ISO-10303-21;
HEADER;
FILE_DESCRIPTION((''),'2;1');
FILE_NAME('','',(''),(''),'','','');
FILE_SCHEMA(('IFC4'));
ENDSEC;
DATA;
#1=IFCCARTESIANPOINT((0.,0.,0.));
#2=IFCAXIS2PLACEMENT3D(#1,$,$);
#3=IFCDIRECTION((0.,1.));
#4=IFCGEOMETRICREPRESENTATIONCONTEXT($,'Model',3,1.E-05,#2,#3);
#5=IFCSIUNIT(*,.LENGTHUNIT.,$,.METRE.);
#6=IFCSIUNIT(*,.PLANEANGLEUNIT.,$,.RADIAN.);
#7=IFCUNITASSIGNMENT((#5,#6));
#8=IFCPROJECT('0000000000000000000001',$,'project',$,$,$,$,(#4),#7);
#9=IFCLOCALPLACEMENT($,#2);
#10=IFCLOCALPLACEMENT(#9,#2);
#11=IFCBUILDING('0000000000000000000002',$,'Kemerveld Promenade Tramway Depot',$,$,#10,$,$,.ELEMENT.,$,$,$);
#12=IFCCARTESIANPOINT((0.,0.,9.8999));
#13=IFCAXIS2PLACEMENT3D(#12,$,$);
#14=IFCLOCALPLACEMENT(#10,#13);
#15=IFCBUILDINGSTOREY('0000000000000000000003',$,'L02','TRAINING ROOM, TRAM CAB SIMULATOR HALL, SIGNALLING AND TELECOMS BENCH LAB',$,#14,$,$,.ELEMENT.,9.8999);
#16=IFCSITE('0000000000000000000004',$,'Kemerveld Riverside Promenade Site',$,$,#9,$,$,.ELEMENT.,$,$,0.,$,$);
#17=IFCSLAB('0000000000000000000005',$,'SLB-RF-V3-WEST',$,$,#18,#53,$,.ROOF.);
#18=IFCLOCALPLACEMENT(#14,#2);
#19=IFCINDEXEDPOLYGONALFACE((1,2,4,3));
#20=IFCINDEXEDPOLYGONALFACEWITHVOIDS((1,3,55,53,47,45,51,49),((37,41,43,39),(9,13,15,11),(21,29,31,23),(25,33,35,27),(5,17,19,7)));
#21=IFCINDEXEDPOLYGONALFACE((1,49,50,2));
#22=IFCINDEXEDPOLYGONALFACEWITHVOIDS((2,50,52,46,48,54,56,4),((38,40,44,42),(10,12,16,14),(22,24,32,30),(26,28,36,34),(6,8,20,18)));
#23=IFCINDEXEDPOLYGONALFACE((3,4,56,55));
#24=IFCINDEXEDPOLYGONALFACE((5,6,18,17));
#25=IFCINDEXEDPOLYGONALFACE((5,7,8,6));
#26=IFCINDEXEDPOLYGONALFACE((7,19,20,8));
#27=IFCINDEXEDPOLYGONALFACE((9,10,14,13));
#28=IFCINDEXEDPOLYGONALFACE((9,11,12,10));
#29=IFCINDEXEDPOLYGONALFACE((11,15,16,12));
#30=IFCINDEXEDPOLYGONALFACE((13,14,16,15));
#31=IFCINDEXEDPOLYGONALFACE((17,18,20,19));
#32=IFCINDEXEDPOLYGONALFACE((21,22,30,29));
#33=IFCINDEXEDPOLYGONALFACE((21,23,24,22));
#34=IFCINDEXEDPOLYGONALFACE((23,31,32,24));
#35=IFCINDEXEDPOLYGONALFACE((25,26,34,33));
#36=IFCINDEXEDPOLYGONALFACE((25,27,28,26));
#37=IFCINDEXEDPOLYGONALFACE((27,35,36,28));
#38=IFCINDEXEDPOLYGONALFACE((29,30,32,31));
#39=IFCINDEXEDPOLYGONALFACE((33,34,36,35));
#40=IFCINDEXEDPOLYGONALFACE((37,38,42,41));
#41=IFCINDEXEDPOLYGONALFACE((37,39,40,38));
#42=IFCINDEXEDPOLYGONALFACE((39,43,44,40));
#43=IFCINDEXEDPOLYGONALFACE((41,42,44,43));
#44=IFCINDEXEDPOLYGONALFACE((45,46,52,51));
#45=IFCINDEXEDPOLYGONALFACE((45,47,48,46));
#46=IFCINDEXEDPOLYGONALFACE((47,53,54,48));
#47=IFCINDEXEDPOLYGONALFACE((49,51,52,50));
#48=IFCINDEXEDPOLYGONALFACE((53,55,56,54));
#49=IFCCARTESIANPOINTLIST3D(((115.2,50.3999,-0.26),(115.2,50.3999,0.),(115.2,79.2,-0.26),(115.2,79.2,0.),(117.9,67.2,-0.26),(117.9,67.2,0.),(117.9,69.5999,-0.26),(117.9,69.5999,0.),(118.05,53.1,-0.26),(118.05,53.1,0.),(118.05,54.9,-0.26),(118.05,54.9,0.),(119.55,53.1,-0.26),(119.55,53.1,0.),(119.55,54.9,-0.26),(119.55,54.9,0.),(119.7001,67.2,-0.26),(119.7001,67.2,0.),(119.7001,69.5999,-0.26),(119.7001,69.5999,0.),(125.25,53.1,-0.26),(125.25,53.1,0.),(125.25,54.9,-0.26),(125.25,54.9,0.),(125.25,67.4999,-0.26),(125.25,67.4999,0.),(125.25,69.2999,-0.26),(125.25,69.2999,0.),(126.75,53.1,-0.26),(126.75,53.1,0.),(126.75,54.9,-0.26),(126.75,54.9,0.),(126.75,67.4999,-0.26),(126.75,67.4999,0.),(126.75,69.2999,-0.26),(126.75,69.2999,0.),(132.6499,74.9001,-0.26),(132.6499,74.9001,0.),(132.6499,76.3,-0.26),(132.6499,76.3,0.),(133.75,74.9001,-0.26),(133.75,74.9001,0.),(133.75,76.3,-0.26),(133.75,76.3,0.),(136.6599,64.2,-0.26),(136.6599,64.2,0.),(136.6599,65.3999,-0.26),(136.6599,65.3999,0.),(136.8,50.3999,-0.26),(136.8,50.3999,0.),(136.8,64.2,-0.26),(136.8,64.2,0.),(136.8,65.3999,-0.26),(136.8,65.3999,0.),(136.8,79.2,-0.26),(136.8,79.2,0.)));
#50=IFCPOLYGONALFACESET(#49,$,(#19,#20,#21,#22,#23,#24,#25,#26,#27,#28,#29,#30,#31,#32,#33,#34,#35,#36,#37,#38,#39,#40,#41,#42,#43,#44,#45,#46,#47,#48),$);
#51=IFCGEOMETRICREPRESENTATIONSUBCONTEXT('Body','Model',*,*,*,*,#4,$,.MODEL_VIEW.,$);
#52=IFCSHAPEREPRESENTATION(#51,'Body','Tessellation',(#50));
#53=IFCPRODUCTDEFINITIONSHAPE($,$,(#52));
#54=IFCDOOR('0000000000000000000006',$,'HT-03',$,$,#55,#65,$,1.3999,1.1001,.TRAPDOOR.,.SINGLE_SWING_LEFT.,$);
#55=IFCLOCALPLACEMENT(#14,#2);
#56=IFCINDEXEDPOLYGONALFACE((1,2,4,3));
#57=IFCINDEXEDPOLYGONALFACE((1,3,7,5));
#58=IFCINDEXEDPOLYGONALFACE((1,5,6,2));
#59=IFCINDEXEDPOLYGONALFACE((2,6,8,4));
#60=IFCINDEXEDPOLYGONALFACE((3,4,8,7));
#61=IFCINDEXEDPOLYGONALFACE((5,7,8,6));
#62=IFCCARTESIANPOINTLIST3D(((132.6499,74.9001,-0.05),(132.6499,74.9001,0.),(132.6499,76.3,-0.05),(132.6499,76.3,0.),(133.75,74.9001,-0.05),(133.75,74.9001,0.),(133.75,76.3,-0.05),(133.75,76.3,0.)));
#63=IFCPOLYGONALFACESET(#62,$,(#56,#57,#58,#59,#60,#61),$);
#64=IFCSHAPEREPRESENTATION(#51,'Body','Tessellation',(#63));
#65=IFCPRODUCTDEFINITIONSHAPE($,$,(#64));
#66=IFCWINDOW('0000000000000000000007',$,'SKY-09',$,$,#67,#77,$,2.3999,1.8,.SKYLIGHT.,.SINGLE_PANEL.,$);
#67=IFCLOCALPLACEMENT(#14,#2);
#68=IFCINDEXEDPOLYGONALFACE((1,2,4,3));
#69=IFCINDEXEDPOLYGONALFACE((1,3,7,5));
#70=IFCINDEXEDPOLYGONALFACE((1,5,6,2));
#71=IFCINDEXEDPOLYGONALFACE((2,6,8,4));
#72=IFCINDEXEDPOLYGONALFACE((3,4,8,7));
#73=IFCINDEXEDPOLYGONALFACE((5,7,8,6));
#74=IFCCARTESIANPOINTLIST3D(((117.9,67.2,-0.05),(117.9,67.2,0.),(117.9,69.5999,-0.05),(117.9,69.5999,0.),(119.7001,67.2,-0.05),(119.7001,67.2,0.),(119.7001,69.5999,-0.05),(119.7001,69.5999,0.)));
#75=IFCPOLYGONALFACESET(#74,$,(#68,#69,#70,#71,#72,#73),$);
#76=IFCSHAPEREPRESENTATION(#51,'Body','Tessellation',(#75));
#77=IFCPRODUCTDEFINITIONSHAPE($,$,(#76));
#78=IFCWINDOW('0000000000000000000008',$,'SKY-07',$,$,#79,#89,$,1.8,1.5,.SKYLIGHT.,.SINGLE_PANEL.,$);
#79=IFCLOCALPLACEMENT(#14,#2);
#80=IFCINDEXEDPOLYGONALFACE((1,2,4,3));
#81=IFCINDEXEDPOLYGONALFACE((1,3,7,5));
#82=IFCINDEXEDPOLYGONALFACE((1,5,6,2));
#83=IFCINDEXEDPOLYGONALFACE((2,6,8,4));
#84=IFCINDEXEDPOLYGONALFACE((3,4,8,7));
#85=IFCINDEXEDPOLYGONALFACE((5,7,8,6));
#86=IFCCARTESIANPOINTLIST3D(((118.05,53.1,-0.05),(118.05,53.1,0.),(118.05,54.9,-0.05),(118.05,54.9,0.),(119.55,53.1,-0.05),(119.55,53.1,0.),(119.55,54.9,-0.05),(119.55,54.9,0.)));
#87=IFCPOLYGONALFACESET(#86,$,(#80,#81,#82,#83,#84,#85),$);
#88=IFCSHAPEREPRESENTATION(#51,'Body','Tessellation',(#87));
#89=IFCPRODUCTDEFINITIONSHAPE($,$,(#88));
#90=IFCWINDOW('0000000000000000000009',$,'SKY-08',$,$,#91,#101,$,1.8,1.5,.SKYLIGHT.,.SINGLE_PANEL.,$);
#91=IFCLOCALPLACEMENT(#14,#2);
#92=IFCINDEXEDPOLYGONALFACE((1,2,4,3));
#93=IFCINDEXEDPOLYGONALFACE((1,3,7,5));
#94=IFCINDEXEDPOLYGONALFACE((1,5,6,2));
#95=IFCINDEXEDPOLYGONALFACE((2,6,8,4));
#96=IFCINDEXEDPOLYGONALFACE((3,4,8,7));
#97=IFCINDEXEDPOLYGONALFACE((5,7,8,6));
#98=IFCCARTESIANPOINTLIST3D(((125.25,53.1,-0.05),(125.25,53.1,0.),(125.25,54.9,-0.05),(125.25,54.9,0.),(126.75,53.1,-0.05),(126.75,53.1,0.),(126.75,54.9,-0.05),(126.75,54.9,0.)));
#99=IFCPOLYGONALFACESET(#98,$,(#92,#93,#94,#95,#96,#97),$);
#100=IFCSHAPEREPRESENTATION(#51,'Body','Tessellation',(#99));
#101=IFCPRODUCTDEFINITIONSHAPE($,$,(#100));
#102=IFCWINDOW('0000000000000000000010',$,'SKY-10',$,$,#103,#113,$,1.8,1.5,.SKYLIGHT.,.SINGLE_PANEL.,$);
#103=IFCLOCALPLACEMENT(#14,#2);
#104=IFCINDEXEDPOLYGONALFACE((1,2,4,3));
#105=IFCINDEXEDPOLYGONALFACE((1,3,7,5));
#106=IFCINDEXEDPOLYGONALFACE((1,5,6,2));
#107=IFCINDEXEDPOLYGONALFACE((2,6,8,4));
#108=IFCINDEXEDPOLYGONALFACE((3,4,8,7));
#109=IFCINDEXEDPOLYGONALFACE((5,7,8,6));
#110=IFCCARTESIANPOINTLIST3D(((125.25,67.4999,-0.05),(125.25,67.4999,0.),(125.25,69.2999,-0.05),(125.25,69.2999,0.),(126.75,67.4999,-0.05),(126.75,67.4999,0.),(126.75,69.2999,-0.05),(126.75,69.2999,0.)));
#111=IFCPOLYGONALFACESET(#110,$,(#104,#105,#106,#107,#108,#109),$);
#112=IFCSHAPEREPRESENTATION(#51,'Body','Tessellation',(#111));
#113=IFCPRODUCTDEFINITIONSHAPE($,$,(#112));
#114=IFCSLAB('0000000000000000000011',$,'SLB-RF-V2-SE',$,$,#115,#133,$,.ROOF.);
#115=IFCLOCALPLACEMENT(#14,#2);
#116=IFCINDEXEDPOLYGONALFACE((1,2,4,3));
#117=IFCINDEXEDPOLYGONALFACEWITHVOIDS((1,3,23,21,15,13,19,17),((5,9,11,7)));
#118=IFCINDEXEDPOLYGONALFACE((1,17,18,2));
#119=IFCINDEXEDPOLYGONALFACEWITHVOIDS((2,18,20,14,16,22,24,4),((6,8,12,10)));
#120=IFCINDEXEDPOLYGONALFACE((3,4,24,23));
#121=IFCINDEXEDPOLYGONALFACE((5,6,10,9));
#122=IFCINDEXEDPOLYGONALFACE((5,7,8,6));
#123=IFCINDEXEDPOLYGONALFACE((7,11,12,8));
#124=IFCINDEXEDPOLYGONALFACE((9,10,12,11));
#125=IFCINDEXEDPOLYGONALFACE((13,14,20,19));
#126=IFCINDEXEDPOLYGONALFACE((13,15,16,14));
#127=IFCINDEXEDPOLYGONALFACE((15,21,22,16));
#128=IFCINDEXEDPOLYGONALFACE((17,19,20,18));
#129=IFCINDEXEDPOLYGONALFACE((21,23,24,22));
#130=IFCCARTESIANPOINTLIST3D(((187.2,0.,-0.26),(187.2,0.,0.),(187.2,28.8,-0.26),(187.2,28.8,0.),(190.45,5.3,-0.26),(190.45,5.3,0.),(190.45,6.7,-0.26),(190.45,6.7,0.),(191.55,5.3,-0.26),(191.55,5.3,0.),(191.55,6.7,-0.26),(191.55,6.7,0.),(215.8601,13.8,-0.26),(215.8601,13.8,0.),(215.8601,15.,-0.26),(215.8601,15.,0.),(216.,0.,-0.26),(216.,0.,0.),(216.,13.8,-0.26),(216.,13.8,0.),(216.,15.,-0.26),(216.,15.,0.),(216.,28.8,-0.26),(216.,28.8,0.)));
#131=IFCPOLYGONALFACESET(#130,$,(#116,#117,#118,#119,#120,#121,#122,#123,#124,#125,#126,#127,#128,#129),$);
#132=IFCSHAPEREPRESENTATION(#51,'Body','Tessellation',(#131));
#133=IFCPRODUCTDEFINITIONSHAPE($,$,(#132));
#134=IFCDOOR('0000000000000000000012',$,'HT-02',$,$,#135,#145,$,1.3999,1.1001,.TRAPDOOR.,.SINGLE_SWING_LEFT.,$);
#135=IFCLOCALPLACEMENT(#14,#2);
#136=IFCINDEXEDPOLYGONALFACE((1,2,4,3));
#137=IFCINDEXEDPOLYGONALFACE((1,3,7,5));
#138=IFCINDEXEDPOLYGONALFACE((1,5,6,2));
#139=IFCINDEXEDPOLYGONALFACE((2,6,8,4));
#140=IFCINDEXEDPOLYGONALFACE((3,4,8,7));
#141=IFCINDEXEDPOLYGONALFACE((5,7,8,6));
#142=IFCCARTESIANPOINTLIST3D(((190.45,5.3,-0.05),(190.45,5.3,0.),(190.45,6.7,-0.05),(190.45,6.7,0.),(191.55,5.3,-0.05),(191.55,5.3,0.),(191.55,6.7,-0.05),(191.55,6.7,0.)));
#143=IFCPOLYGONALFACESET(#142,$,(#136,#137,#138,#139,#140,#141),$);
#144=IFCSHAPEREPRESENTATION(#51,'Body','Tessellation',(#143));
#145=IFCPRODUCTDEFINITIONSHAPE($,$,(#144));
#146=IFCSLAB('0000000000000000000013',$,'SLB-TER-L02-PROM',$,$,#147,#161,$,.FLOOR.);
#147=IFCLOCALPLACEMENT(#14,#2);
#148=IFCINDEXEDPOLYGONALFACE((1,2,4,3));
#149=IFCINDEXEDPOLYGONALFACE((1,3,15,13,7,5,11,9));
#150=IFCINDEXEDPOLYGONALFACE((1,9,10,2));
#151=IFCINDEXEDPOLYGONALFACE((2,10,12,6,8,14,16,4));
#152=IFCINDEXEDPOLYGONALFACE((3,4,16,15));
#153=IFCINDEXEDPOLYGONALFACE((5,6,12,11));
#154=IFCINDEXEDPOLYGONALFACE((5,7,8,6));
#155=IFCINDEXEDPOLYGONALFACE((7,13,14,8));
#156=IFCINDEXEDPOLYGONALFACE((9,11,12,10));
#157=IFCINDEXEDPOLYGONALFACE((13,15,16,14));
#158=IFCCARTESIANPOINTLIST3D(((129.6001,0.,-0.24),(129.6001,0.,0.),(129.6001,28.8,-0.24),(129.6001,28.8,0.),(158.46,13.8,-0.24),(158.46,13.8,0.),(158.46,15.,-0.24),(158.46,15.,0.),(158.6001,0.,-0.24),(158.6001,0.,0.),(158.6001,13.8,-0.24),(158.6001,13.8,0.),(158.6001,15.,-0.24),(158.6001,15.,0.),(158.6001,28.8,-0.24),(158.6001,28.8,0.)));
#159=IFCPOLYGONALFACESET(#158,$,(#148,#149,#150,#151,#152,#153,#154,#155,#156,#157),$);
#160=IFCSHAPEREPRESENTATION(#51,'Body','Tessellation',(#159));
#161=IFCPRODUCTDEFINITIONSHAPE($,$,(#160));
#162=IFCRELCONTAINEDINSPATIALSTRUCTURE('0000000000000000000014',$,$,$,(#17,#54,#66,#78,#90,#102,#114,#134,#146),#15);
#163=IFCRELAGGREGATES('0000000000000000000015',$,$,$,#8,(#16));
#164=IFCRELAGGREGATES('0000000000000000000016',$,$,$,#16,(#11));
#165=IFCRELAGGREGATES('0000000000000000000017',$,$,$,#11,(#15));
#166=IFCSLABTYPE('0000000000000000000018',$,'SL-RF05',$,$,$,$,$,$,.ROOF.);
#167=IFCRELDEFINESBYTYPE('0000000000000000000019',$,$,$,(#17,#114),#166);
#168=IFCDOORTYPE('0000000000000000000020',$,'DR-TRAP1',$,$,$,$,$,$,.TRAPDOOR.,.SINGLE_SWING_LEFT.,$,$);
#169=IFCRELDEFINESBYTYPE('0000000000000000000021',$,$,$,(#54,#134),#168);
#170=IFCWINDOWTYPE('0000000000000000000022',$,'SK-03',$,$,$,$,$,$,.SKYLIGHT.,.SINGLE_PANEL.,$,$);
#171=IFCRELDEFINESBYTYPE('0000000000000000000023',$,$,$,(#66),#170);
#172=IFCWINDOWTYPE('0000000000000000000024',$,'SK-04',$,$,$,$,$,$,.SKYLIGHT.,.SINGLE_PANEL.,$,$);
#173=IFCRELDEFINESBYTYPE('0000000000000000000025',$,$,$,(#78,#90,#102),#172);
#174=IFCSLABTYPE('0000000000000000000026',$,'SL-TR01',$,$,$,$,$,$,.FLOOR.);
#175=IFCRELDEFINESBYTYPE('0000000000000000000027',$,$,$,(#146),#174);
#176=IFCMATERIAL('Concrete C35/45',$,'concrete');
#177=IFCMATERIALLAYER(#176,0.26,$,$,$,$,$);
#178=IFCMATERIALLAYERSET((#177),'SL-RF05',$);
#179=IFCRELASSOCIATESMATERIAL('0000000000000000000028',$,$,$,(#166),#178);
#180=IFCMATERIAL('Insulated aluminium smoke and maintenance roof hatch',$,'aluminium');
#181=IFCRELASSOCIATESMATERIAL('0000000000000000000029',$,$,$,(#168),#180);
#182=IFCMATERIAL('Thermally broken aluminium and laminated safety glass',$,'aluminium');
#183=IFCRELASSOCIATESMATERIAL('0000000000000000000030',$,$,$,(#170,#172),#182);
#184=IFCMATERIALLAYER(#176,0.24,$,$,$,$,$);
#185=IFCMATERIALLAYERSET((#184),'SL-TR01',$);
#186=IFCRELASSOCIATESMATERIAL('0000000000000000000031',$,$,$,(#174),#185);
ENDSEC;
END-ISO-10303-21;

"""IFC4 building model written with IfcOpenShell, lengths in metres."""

from ifc_helpers import new_model, si_unit, direction, frame, origin, origin_2d, place, context, subcontext, project, spatial, polyline, rectangle, outline, extrude, material, layer, layer_set, type_object, element, fill, save


model = new_model("IFC4")

# Units and contexts
model_context = context("Model", 3, precision=1e-05, world=origin(), true_north=direction((0.0, 1.0)))
body_context = subcontext(model_context, "Body", "Model", "MODEL_VIEW")
ifc_project = project(units=[si_unit("LENGTHUNIT", "METRE"), si_unit("PLANEANGLEUNIT", "RADIAN")], contexts=[model_context])

# Site, building, storey
site_placement = place(None, origin())
site = spatial("IfcSite", under=ifc_project, at=site_placement, Name="Kemerveld Riverside Promenade Site", CompositionType="ELEMENT", RefElevation=0.0)
building_placement = place(site_placement, origin())
building = spatial("IfcBuilding", under=site, at=building_placement, Name="Kemerveld Promenade Tramway Depot", CompositionType="ELEMENT")
storey_placement = place(building_placement, frame((0.0, 0.0, 9.8999)))
storey = spatial("IfcBuildingStorey", under=building, at=storey_placement, Name="L02", Description="TRAINING ROOM, TRAM CAB SIMULATOR HALL, SIGNALLING AND TELECOMS BENCH LAB", CompositionType="ELEMENT", Elevation=9.8999)

# Shared definitions
ifc_material_1 = material(Name="Concrete C35/45", Category="concrete")

# Shared definitions
ifc_layer_1 = layer(ifc_material_1, 0.26)
ifc_layer_set_1 = layer_set([ifc_layer_1], Name="SL-RF05")
slab_type_1 = type_object("IfcSlabType", Name="SL-RF05", PredefinedType="ROOF", material=ifc_layer_set_1)
ifc_material_2 = material(Name="Insulated aluminium smoke and maintenance roof hatch", Category="aluminium")
door_type = type_object("IfcDoorType", Name="DR-TRAP1", OperationType="SINGLE_SWING_LEFT", PredefinedType="TRAPDOOR", material=ifc_material_2)

# Slab, openings, door, windows
slab_1_placement = place(storey_placement, frame((0.0, 0.0, -0.26)))
slab_1 = element("IfcSlab", 1, at=slab_1_placement, inside=storey, type_object=slab_type_1, Name="SLB-RF-V3-WEST", PredefinedType="ROOF", context=body_context, shape_type="SweptSolid", body=[
    extrude(outline(polyline([(115.2, 50.3999), (136.8, 50.3999), (136.8, 64.2), (136.6599, 64.2), (136.6599, 65.3999), (136.8, 65.3999), (136.8, 79.2), (115.2, 79.2), (115.2, 50.3999)])), origin(), (0.0, 0.0, 1.0), 0.26),
])
opening_1_placement = place(slab_1_placement, frame((118.8, 54.0, 0.0)))
opening_1 = element("IfcOpeningElement", 2, at=opening_1_placement, cuts=slab_1, PredefinedType="OPENING", context=body_context, shape_type="SweptSolid", body=[
    extrude(rectangle(XDim=1.5, YDim=1.8, at=origin_2d()), frame((0.0, 0.0, -0.01)), (0.0, 0.0, 1.0), 0.28),
])
opening_2_placement = place(slab_1_placement, frame((126.0, 54.0, 0.0)))
opening_2 = element("IfcOpeningElement", 3, at=opening_2_placement, cuts=slab_1, PredefinedType="OPENING", context=body_context, shape_type="SweptSolid", body=[
    extrude(rectangle(XDim=1.5, YDim=1.8, at=origin_2d()), frame((0.0, 0.0, -0.01)), (0.0, 0.0, 1.0), 0.28),
])
opening_3_placement = place(slab_1_placement, frame((118.8, 68.3999, 0.0)))
opening_3 = element("IfcOpeningElement", 4, at=opening_3_placement, cuts=slab_1, PredefinedType="OPENING", context=body_context, shape_type="SweptSolid", body=[
    extrude(rectangle(XDim=1.8, YDim=2.3999, at=origin_2d()), frame((0.0, 0.0, -0.01)), (0.0, 0.0, 1.0), 0.28),
])
opening_4_placement = place(slab_1_placement, frame((126.0, 68.3999, 0.0)))
opening_4 = element("IfcOpeningElement", 5, at=opening_4_placement, cuts=slab_1, PredefinedType="OPENING", context=body_context, shape_type="SweptSolid", body=[
    extrude(rectangle(XDim=1.5, YDim=1.8, at=origin_2d()), frame((0.0, 0.0, -0.01)), (0.0, 0.0, 1.0), 0.28),
])
opening_5_placement = place(slab_1_placement, frame((133.2, 75.6001, 0.0)))
opening_5 = element("IfcOpeningElement", 6, at=opening_5_placement, cuts=slab_1, PredefinedType="OPENING", context=body_context, shape_type="SweptSolid", body=[
    extrude(rectangle(XDim=1.1001, YDim=1.3999, at=origin_2d()), frame((0.0, 0.0, -0.01)), (0.0, 0.0, 1.0), 0.28),
])
door_1_placement = place(opening_5_placement, frame((0.0, 0.0, 0.21)))
door_1 = element("IfcDoor", 7, at=door_1_placement, inside=storey, type_object=door_type, Name="HT-03", OperationType="SINGLE_SWING_LEFT", OverallHeight=1.3999, OverallWidth=1.1001, PredefinedType="TRAPDOOR", context=body_context, shape_type="SweptSolid", body=[
    extrude(rectangle(XDim=1.1001, YDim=1.3999, at=origin_2d()), origin(), (0.0, 0.0, 1.0), 0.05),
])
fill(opening_5, door_1)
ifc_material_3 = material(Name="Thermally broken aluminium and laminated safety glass", Category="aluminium")
window_type_1 = type_object("IfcWindowType", Name="SK-03", PartitioningType="SINGLE_PANEL", PredefinedType="SKYLIGHT", material=ifc_material_3)
window_1_placement = place(opening_3_placement, frame((0.0, 0.0, 0.21)))
window_1 = element("IfcWindow", 8, at=window_1_placement, inside=storey, type_object=window_type_1, Name="SKY-09", OverallHeight=2.3999, OverallWidth=1.8, PartitioningType="SINGLE_PANEL", PredefinedType="SKYLIGHT", context=body_context, shape_type="SweptSolid", body=[
    extrude(rectangle(XDim=1.8, YDim=2.3999, at=origin_2d()), origin(), (0.0, 0.0, 1.0), 0.05),
])
fill(opening_3, window_1)
window_type_2 = type_object("IfcWindowType", Name="SK-04", PartitioningType="SINGLE_PANEL", PredefinedType="SKYLIGHT", material=ifc_material_3)
window_2_placement = place(opening_1_placement, frame((0.0, 0.0, 0.21)))
window_2 = element("IfcWindow", 9, at=window_2_placement, inside=storey, type_object=window_type_2, Name="SKY-07", OverallHeight=1.8, OverallWidth=1.5, PartitioningType="SINGLE_PANEL", PredefinedType="SKYLIGHT", context=body_context, shape_type="SweptSolid", body=[
    extrude(rectangle(XDim=1.5, YDim=1.8, at=origin_2d()), origin(), (0.0, 0.0, 1.0), 0.05),
])
fill(opening_1, window_2)
window_3_placement = place(opening_2_placement, frame((0.0, 0.0, 0.21)))
window_3 = element("IfcWindow", 10, at=window_3_placement, inside=storey, type_object=window_type_2, Name="SKY-08", OverallHeight=1.8, OverallWidth=1.5, PartitioningType="SINGLE_PANEL", PredefinedType="SKYLIGHT", context=body_context, shape_type="SweptSolid", body=[
    extrude(rectangle(XDim=1.5, YDim=1.8, at=origin_2d()), origin(), (0.0, 0.0, 1.0), 0.05),
])
fill(opening_2, window_3)
window_4_placement = place(opening_4_placement, frame((0.0, 0.0, 0.21)))
window_4 = element("IfcWindow", 11, at=window_4_placement, inside=storey, type_object=window_type_2, Name="SKY-10", OverallHeight=1.8, OverallWidth=1.5, PartitioningType="SINGLE_PANEL", PredefinedType="SKYLIGHT", context=body_context, shape_type="SweptSolid", body=[
    extrude(rectangle(XDim=1.5, YDim=1.8, at=origin_2d()), origin(), (0.0, 0.0, 1.0), 0.05),
])
fill(opening_4, window_4)

# Slab, opening, door
slab_2_placement = place(storey_placement, frame((0.0, 0.0, -0.26)))
slab_2 = element("IfcSlab", 12, at=slab_2_placement, inside=storey, type_object=slab_type_1, Name="SLB-RF-V2-SE", PredefinedType="ROOF", context=body_context, shape_type="SweptSolid", body=[
    extrude(outline(polyline([(187.2, 0.0), (216.0, 0.0), (216.0, 13.8), (215.8601, 13.8), (215.8601, 15.0), (216.0, 15.0), (216.0, 28.8), (187.2, 28.8), (187.2, 0.0)])), origin(), (0.0, 0.0, 1.0), 0.26),
])
opening_6_placement = place(slab_2_placement, frame((191.0, 6.0, 0.0)))
opening_6 = element("IfcOpeningElement", 13, at=opening_6_placement, cuts=slab_2, PredefinedType="OPENING", context=body_context, shape_type="SweptSolid", body=[
    extrude(rectangle(XDim=1.1001, YDim=1.3999, at=origin_2d()), frame((0.0, 0.0, -0.01)), (0.0, 0.0, 1.0), 0.28),
])
door_2_placement = place(opening_6_placement, frame((0.0, 0.0, 0.21)))
door_2 = element("IfcDoor", 14, at=door_2_placement, inside=storey, type_object=door_type, Name="HT-02", OperationType="SINGLE_SWING_LEFT", OverallHeight=1.3999, OverallWidth=1.1001, PredefinedType="TRAPDOOR", context=body_context, shape_type="SweptSolid", body=[
    extrude(rectangle(XDim=1.1001, YDim=1.3999, at=origin_2d()), origin(), (0.0, 0.0, 1.0), 0.05),
])
fill(opening_6, door_2)

# Slab
ifc_layer_2 = layer(ifc_material_1, 0.24)
ifc_layer_set_2 = layer_set([ifc_layer_2], Name="SL-TR01")
slab_type_2 = type_object("IfcSlabType", Name="SL-TR01", PredefinedType="FLOOR", material=ifc_layer_set_2)
slab_3_placement = place(storey_placement, frame((0.0, 0.0, -0.24)))
element("IfcSlab", 15, at=slab_3_placement, inside=storey, type_object=slab_type_2, Name="SLB-TER-L02-PROM", PredefinedType="FLOOR", context=body_context, shape_type="SweptSolid", body=[
    extrude(outline(polyline([(129.6001, 0.0), (158.6001, 0.0), (158.6001, 13.8), (158.46, 13.8), (158.46, 15.0), (158.6001, 15.0), (158.6001, 28.8), (129.6001, 28.8), (129.6001, 0.0)])), origin(), (0.0, 0.0, 1.0), 0.24),
])

save(model, "model.ifc")
